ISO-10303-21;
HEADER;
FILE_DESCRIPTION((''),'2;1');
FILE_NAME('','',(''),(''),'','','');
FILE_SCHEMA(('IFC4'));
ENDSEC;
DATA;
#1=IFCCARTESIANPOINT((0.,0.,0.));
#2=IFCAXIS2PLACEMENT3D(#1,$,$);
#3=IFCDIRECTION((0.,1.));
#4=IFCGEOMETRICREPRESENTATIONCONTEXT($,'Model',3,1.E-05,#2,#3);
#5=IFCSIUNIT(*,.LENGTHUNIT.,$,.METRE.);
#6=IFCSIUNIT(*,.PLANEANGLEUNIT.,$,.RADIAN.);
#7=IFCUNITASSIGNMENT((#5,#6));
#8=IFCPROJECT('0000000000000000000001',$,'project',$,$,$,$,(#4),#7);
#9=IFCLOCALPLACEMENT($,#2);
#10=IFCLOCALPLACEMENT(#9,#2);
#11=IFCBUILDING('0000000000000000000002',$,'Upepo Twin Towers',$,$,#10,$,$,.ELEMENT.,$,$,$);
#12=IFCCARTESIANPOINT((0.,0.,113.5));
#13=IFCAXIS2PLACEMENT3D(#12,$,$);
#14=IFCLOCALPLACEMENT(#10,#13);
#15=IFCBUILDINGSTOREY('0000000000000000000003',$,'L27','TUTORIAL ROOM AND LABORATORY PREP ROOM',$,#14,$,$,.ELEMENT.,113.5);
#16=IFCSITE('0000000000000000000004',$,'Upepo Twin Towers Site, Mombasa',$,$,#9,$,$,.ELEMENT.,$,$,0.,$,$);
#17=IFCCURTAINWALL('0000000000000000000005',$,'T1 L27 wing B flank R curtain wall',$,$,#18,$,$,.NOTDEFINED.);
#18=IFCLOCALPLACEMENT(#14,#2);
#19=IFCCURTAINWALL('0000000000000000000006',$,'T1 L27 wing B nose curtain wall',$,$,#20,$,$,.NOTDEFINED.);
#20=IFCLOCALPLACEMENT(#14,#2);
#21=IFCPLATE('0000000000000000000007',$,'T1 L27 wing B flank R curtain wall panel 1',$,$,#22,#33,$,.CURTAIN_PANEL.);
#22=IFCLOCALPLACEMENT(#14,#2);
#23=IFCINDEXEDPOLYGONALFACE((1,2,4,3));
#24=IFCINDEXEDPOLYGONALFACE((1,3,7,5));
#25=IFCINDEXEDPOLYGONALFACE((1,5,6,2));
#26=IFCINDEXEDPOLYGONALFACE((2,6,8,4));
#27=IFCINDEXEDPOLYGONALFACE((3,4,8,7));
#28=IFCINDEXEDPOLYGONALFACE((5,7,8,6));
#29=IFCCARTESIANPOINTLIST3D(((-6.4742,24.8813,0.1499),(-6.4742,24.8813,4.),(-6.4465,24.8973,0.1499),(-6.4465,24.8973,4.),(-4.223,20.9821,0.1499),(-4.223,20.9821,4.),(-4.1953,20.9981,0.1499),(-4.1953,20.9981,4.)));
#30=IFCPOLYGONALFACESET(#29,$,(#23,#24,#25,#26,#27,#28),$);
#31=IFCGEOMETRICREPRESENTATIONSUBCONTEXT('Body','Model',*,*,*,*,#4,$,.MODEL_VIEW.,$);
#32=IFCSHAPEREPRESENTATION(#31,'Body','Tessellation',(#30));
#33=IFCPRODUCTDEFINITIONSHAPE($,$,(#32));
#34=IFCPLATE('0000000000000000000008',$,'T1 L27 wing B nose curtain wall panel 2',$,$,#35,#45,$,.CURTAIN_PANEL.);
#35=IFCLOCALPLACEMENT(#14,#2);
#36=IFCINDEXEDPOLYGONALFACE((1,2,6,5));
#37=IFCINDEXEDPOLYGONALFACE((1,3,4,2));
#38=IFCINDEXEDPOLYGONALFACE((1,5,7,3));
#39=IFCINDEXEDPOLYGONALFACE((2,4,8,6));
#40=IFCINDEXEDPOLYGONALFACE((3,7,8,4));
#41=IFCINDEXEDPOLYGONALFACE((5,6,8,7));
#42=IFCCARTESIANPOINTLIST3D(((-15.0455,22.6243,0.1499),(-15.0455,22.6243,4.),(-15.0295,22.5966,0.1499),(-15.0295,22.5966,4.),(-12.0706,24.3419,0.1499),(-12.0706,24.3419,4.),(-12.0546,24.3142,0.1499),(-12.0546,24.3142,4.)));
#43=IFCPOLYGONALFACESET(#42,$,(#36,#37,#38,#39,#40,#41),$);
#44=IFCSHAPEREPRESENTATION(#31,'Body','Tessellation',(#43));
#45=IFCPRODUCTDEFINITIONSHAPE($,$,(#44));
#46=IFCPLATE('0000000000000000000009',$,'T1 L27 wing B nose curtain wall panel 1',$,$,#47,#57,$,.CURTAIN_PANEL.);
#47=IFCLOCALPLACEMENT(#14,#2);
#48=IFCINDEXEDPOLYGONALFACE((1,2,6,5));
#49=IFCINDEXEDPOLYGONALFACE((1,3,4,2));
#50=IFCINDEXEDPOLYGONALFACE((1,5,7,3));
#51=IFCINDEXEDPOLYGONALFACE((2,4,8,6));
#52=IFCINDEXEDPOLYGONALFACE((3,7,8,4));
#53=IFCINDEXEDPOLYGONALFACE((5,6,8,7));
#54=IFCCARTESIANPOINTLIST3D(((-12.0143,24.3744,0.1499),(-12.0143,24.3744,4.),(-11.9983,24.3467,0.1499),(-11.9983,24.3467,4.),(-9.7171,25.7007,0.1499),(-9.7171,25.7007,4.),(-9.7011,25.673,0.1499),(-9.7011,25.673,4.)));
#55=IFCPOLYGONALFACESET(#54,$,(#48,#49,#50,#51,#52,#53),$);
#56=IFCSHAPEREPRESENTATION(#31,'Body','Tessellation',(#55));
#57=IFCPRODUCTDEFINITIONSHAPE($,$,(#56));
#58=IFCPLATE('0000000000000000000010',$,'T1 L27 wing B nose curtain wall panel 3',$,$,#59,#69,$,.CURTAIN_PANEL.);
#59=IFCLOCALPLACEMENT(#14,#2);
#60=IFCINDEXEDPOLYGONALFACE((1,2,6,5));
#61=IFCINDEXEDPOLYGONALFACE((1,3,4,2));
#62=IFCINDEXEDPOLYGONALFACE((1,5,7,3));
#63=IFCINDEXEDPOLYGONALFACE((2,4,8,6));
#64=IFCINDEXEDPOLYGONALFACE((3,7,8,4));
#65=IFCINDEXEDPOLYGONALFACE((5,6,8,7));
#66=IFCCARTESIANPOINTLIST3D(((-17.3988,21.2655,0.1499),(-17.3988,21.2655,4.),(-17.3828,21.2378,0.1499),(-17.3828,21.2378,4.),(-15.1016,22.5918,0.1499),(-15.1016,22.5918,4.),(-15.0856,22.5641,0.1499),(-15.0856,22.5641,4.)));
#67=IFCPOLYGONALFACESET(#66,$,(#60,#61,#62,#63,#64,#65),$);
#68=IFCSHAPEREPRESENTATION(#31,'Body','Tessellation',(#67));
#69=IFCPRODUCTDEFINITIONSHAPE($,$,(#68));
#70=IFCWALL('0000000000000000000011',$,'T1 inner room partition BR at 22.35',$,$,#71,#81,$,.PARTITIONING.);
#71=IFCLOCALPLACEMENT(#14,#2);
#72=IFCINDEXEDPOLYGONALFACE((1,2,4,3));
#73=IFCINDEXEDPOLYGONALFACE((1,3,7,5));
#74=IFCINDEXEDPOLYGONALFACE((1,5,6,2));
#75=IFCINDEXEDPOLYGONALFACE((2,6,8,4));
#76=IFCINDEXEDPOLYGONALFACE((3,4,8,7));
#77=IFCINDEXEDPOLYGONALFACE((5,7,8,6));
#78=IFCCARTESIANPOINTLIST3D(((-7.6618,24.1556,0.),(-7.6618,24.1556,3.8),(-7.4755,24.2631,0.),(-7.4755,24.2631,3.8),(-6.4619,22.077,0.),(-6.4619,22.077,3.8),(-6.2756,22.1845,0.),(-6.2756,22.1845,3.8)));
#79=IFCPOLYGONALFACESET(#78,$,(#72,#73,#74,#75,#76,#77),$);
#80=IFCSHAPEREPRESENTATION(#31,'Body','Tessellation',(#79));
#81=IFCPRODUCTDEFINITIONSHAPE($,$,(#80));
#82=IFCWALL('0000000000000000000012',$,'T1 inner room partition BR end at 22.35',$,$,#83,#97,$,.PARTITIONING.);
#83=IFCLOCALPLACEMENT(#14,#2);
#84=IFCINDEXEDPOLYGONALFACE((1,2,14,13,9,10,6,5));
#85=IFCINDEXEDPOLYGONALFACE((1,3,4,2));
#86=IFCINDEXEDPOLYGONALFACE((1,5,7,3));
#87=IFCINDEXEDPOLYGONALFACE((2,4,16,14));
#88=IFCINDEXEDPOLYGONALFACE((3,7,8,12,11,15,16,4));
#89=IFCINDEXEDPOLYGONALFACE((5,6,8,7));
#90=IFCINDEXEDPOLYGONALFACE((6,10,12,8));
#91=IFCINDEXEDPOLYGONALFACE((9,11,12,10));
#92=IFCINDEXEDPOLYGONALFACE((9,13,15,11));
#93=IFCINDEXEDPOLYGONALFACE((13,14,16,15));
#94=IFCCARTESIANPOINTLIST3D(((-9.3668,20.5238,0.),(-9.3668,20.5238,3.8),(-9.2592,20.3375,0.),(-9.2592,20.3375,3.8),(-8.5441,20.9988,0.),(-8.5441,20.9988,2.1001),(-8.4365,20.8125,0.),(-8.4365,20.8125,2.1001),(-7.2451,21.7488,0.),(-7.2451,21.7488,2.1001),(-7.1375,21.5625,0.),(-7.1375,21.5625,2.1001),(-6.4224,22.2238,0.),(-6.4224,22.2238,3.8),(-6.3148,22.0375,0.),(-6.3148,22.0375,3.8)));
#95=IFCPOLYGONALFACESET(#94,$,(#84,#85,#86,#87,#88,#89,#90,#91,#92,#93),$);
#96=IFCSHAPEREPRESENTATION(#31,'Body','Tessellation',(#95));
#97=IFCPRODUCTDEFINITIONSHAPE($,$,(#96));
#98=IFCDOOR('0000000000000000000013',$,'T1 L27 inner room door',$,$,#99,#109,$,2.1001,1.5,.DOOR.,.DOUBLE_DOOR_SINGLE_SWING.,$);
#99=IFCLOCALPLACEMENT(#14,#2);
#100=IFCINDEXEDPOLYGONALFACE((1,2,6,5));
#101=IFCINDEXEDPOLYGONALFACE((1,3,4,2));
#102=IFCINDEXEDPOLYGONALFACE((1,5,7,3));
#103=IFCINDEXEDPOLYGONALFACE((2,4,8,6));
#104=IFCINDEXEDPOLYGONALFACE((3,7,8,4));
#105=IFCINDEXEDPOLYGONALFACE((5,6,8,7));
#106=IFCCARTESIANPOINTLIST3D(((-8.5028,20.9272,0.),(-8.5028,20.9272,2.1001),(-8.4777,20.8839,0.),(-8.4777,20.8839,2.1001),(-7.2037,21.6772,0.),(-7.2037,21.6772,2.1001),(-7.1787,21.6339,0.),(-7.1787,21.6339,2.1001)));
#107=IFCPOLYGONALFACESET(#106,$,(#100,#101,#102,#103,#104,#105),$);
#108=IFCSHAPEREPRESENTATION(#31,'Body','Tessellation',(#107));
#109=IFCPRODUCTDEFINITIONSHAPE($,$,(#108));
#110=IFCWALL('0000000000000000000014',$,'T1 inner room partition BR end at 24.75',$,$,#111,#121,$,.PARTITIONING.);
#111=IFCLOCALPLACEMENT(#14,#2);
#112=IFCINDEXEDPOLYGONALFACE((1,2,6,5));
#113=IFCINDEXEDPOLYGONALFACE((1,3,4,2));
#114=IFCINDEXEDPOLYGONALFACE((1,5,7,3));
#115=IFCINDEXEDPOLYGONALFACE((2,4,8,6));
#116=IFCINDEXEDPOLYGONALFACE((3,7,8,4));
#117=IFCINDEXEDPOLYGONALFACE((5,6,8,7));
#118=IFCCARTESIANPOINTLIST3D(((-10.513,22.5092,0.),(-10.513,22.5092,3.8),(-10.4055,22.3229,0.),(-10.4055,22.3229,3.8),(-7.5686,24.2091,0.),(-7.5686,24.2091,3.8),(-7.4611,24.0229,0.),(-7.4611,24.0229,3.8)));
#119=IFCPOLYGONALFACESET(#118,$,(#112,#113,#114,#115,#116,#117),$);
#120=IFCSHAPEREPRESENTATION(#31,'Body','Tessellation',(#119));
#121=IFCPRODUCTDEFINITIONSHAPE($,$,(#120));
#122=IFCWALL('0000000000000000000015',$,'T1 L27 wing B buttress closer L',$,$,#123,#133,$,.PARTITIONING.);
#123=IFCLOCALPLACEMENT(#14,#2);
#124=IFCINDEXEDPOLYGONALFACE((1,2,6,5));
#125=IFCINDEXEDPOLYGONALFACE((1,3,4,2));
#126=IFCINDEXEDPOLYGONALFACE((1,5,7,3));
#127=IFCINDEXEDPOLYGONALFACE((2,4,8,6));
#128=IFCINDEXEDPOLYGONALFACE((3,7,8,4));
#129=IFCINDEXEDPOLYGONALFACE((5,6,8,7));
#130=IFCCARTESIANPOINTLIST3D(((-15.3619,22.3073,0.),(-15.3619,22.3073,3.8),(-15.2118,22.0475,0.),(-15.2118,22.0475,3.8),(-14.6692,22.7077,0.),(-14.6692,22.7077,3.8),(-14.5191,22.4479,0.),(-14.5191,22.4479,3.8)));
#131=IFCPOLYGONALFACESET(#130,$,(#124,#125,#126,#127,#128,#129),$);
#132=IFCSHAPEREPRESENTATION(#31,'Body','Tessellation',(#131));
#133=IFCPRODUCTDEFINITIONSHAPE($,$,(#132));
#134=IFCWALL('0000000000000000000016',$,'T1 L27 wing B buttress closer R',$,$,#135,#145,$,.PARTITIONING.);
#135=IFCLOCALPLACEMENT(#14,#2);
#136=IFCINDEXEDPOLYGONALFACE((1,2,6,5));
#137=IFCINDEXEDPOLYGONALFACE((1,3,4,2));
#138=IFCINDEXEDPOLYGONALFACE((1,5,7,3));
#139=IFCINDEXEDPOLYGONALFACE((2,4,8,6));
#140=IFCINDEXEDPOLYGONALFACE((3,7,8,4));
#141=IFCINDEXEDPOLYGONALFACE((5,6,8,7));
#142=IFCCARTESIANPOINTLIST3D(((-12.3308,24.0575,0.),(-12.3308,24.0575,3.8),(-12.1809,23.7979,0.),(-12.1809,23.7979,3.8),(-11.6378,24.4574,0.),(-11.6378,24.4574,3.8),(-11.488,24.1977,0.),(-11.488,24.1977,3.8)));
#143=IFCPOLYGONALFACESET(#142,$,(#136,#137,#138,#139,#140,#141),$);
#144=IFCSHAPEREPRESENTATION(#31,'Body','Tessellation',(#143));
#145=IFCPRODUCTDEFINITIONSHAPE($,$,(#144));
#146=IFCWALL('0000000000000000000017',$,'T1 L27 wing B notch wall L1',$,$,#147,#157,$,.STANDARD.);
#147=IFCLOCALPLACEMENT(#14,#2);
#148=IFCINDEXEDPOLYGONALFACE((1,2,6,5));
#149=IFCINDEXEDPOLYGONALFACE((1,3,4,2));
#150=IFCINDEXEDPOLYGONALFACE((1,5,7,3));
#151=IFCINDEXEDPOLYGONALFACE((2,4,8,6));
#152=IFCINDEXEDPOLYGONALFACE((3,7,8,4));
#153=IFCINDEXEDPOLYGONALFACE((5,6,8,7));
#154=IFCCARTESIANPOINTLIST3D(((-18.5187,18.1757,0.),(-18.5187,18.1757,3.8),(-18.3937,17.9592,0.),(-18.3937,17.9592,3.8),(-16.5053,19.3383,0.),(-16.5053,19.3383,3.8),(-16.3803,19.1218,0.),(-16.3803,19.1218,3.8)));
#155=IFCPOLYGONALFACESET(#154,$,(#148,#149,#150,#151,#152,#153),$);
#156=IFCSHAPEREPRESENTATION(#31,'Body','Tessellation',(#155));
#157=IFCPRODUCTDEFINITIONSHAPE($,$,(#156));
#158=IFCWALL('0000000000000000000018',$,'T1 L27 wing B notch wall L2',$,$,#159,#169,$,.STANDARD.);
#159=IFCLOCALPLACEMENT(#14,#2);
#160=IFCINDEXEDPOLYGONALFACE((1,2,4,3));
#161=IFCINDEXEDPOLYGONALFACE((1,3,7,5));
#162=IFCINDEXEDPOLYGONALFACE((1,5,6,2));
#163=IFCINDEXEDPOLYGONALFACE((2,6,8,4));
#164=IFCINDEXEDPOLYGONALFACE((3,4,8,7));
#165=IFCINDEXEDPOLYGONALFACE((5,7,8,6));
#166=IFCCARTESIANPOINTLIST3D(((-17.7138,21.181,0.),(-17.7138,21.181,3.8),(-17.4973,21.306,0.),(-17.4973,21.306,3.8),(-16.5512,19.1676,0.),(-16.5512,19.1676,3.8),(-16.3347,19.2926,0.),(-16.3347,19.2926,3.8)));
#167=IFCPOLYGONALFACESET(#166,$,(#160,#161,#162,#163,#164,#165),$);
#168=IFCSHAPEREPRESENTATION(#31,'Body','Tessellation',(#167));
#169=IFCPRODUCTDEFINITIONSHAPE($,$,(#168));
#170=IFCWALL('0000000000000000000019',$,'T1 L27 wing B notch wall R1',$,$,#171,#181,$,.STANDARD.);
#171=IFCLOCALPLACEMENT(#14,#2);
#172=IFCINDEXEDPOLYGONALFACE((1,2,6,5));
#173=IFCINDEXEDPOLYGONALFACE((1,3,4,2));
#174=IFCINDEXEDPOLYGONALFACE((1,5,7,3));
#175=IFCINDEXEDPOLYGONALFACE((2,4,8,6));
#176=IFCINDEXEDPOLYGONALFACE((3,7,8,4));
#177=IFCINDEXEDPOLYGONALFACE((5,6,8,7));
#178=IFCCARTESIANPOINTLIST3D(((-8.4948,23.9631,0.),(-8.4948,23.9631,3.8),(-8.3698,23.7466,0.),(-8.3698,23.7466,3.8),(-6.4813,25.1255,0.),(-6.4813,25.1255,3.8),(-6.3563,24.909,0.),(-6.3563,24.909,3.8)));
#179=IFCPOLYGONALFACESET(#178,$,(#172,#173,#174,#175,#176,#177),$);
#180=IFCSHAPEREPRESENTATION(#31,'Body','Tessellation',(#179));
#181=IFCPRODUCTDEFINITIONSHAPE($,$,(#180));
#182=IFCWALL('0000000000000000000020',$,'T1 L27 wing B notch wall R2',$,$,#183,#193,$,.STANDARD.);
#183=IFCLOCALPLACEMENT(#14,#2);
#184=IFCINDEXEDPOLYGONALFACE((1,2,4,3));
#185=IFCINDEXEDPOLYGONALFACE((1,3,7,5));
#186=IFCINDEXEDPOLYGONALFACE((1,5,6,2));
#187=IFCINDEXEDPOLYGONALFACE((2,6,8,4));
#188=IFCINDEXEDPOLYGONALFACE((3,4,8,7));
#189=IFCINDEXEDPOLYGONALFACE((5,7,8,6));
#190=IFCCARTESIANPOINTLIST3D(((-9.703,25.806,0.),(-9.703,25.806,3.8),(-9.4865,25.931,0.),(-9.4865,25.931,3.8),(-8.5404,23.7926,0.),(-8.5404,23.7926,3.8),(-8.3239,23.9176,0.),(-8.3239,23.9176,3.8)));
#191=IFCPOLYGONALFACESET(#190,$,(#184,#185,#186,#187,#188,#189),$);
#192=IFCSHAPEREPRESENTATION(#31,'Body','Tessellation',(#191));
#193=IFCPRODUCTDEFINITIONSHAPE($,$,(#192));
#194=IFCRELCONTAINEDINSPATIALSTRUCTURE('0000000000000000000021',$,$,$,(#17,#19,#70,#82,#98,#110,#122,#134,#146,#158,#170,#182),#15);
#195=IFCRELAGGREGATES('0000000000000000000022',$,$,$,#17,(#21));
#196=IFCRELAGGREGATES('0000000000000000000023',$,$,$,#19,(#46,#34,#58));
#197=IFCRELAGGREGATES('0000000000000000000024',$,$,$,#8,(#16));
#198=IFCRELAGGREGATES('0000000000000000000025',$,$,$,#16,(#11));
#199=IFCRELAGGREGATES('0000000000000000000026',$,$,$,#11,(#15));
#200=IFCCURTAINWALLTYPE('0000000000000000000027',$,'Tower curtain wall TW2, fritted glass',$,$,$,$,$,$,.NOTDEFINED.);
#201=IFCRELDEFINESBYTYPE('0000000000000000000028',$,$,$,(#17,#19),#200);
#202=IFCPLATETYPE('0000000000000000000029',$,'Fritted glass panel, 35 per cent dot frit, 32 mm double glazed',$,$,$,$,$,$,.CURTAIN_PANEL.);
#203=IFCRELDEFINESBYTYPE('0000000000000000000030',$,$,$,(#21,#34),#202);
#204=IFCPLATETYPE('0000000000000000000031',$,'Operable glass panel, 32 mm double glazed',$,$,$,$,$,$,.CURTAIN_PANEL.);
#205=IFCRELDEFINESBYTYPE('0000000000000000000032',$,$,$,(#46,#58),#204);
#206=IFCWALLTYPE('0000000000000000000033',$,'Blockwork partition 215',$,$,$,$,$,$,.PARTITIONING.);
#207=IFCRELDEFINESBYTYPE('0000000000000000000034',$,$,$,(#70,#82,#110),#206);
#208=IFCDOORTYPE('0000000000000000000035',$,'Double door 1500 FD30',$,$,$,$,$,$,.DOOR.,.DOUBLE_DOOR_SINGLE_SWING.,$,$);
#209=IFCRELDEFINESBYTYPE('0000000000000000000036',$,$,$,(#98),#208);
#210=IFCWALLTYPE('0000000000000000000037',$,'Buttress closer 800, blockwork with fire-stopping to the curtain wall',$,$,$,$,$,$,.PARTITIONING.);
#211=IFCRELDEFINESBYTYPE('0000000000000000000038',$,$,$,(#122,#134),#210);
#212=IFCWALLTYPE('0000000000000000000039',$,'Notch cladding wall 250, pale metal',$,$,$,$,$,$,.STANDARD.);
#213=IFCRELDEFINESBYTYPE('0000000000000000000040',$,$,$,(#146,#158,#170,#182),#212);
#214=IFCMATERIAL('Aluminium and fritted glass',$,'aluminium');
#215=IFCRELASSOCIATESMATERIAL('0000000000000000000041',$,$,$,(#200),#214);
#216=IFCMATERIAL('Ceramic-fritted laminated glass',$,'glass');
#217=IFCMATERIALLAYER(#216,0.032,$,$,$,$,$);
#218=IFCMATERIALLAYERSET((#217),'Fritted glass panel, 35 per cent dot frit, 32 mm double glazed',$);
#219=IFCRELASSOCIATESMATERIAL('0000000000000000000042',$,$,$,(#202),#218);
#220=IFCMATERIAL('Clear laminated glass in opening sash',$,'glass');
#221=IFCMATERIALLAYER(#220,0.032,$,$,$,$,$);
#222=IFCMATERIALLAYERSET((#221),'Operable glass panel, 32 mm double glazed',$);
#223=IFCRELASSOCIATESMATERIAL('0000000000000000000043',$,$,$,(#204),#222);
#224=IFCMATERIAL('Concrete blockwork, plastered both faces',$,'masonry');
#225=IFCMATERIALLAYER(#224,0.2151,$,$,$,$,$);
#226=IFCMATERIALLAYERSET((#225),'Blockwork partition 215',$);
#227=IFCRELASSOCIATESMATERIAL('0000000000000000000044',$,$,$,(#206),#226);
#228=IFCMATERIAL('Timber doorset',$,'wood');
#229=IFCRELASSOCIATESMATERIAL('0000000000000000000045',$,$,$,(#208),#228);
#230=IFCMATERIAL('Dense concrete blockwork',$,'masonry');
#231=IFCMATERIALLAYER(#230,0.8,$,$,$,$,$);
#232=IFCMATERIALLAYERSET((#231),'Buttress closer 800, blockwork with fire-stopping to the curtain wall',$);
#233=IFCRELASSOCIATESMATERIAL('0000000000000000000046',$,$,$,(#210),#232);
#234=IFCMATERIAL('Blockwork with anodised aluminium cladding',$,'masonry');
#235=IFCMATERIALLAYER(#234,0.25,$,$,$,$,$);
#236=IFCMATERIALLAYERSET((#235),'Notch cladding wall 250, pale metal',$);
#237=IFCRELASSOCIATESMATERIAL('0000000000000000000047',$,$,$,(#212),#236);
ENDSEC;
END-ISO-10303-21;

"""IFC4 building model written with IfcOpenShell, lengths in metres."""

from ifc_helpers import new_model, si_unit, direction, frame, frame_2d, origin, origin_2d, place, context, subcontext, project, spatial, rectangle, extrude, material, layer, layer_set, type_object, element, fill, aggregate, save


model = new_model("IFC4")

# Units and contexts
model_context = context("Model", 3, precision=1e-05, world=origin(), true_north=direction((0.0, 1.0)))
body_context = subcontext(model_context, "Body", "Model", "MODEL_VIEW")
ifc_project = project(units=[si_unit("LENGTHUNIT", "METRE"), si_unit("PLANEANGLEUNIT", "RADIAN")], contexts=[model_context])

# Site, building, storey
site_placement = place(None, origin())
site = spatial("IfcSite", under=ifc_project, at=site_placement, Name="Upepo Twin Towers Site, Mombasa", CompositionType="ELEMENT", RefElevation=0.0)
building_placement = place(site_placement, origin())
building = spatial("IfcBuilding", under=site, at=building_placement, Name="Upepo Twin Towers", CompositionType="ELEMENT")
storey_placement = place(building_placement, frame((0.0, 0.0, 113.5)))
storey = spatial("IfcBuildingStorey", under=building, at=storey_placement, Name="L27", Description="TUTORIAL ROOM AND LABORATORY PREP ROOM", CompositionType="ELEMENT", Elevation=113.5)

# Curtain wall
ifc_material_1 = material(Name="Aluminium and fritted glass", Category="aluminium")
curtain_wall_type = type_object("IfcCurtainWallType", Name="Tower curtain wall TW2, fritted glass", PredefinedType="NOTDEFINED", material=ifc_material_1)
curtain_wall_1_placement = place(storey_placement, origin())
curtain_wall_1 = element("IfcCurtainWall", 1, at=curtain_wall_1_placement, inside=storey, type_object=curtain_wall_type, Name="T1 L27 wing B flank R curtain wall", PredefinedType="NOTDEFINED")

# Curtain wall
curtain_wall_2_placement = place(storey_placement, origin())
curtain_wall_2 = element("IfcCurtainWall", 2, at=curtain_wall_2_placement, inside=storey, type_object=curtain_wall_type, Name="T1 L27 wing B nose curtain wall", PredefinedType="NOTDEFINED")

# Plates
ifc_material_2 = material(Name="Ceramic-fritted laminated glass", Category="glass")
ifc_layer_1 = layer(ifc_material_2, 0.032)
ifc_layer_set_1 = layer_set([ifc_layer_1], Name="Fritted glass panel, 35 per cent dot frit, 32 mm double glazed")
plate_type_1 = type_object("IfcPlateType", Name="Fritted glass panel, 35 per cent dot frit, 32 mm double glazed", PredefinedType="CURTAIN_PANEL", material=ifc_layer_set_1)
plate_1_placement = place(storey_placement, frame((-5.3347, 22.9397, 0.1499), z_axis=(0.0, 0.0, 1.0), x_axis=(0.5, -0.866025, 0.0)))
plate_1 = element("IfcPlate", 3, at=plate_1_placement, type_object=plate_type_1, Name="T1 L27 wing B flank R curtain wall panel 1", PredefinedType="CURTAIN_PANEL", context=body_context, shape_type="SweptSolid", body=[
    extrude(rectangle(XDim=4.5024, YDim=0.032, at=origin_2d()), origin(), (0.0, 0.0, 1.0), 3.8501),
])
aggregate(curtain_wall_1, [plate_1])
plate_2_placement = place(storey_placement, frame((-13.55, 23.4692, 0.1499), z_axis=(0.0, 0.0, 1.0), x_axis=(-0.866025, -0.5, 0.0)))
plate_2 = element("IfcPlate", 4, at=plate_2_placement, type_object=plate_type_1, Name="T1 L27 wing B nose curtain wall panel 2", PredefinedType="CURTAIN_PANEL", context=body_context, shape_type="SweptSolid", body=[
    extrude(rectangle(XDim=3.4351, YDim=0.032, at=origin_2d()), origin(), (0.0, 0.0, 1.0), 3.8501),
])
ifc_material_3 = material(Name="Clear laminated glass in opening sash", Category="glass")
ifc_layer_2 = layer(ifc_material_3, 0.032)
ifc_layer_set_2 = layer_set([ifc_layer_2], Name="Operable glass panel, 32 mm double glazed")
plate_type_2 = type_object("IfcPlateType", Name="Operable glass panel, 32 mm double glazed", PredefinedType="CURTAIN_PANEL", material=ifc_layer_set_2)
plate_3_placement = place(storey_placement, frame((-10.8577, 25.0237, 0.1499), z_axis=(0.0, 0.0, 1.0), x_axis=(-0.866025, -0.5, 0.0)))
plate_3 = element("IfcPlate", 5, at=plate_3_placement, type_object=plate_type_2, Name="T1 L27 wing B nose curtain wall panel 1", PredefinedType="CURTAIN_PANEL", context=body_context, shape_type="SweptSolid", body=[
    extrude(rectangle(XDim=2.6526, YDim=0.032, at=origin_2d()), origin(), (0.0, 0.0, 1.0), 3.8501),
])
plate_4_placement = place(storey_placement, frame((-16.2422, 21.9148, 0.1499), z_axis=(0.0, 0.0, 1.0), x_axis=(-0.866025, -0.5, 0.0)))
plate_4 = element("IfcPlate", 6, at=plate_4_placement, type_object=plate_type_2, Name="T1 L27 wing B nose curtain wall panel 3", PredefinedType="CURTAIN_PANEL", context=body_context, shape_type="SweptSolid", body=[
    extrude(rectangle(XDim=2.6526, YDim=0.032, at=origin_2d()), origin(), (0.0, 0.0, 1.0), 3.8501),
])
aggregate(curtain_wall_2, [plate_3, plate_2, plate_4])

# Wall
ifc_material_4 = material(Name="Concrete blockwork, plastered both faces", Category="masonry")
ifc_layer_3 = layer(ifc_material_4, 0.2151)
ifc_layer_set_3 = layer_set([ifc_layer_3], Name="Blockwork partition 215")
wall_type_1 = type_object("IfcWallType", Name="Blockwork partition 215", PredefinedType="PARTITIONING", material=ifc_layer_set_3)
wall_1_placement = place(storey_placement, frame((-6.3687, 22.1306, 0.0), z_axis=(0.0, 0.0, 1.0), x_axis=(-0.499957, 0.86605, 0.0)))
element("IfcWall", 7, at=wall_1_placement, inside=storey, type_object=wall_type_1, Name="T1 inner room partition BR at 22.35", PredefinedType="PARTITIONING", context=body_context, shape_type="SweptSolid", body=[
    extrude(rectangle(XDim=2.4001, YDim=0.2151, at=frame_2d((1.2002, 0.0))), origin(), (0.0, 0.0, 1.0), 3.8),
])

# Wall, opening, door
wall_2_placement = place(storey_placement, frame((-9.313, 20.4307, 0.0), z_axis=(0.0, 0.0, 1.0), x_axis=(0.866021, 0.500008, 0.0)))
wall_2 = element("IfcWall", 8, at=wall_2_placement, inside=storey, type_object=wall_type_1, Name="T1 inner room partition BR end at 22.35", PredefinedType="PARTITIONING", context=body_context, shape_type="SweptSolid", body=[
    extrude(rectangle(XDim=3.3999, YDim=0.2151, at=frame_2d((1.7, 0.0))), origin(), (0.0, 0.0, 1.0), 3.8),
])
opening_placement = place(wall_2_placement, frame((0.95, 0.0, 0.0)))
opening = element("IfcOpeningElement", 9, at=opening_placement, cuts=wall_2, PredefinedType="OPENING", context=body_context, shape_type="SweptSolid", body=[
    extrude(rectangle(XDim=1.5, YDim=2.1001, at=frame_2d((0.75, 1.05))), frame((0.0, 0.1174, 0.0), z_axis=(0.0, -1.0, 0.0), x_axis=(1.0, 0.0, 0.0)), (0.0, 0.0, 1.0), 0.2351),
])
ifc_material_5 = material(Name="Timber doorset", Category="wood")
door_type = type_object("IfcDoorType", Name="Double door 1500 FD30", OperationType="DOUBLE_DOOR_SINGLE_SWING", PredefinedType="DOOR", material=ifc_material_5)
door_placement = place(opening_placement, origin())
door = element("IfcDoor", 10, at=door_placement, inside=storey, type_object=door_type, Name="T1 L27 inner room door", OperationType="DOUBLE_DOOR_SINGLE_SWING", OverallHeight=2.1001, OverallWidth=1.5, PredefinedType="DOOR", context=body_context, shape_type="SweptSolid", body=[
    extrude(rectangle(XDim=1.5, YDim=2.1001, at=frame_2d((0.75, 1.05))), frame((0.0, 0.0249, 0.0), z_axis=(0.0, -1.0, 0.0), x_axis=(1.0, 0.0, 0.0)), (0.0, 0.0, 1.0), 0.05),
])
fill(opening, door)

# Walls
wall_3_placement = place(storey_placement, frame((-10.4592, 22.416, 0.0), z_axis=(0.0, 0.0, 1.0), x_axis=(0.866021, 0.500008, 0.0)))
element("IfcWall", 11, at=wall_3_placement, inside=storey, type_object=wall_type_1, Name="T1 inner room partition BR end at 24.75", PredefinedType="PARTITIONING", context=body_context, shape_type="SweptSolid", body=[
    extrude(rectangle(XDim=3.3999, YDim=0.2151, at=frame_2d((1.7, 0.0))), origin(), (0.0, 0.0, 1.0), 3.8),
])
ifc_material_6 = material(Name="Dense concrete blockwork", Category="masonry")
ifc_layer_4 = layer(ifc_material_6, 0.8)
ifc_layer_set_4 = layer_set([ifc_layer_4], Name="Buttress closer 800, blockwork with fire-stopping to the curtain wall")
wall_type_2 = type_object("IfcWallType", Name="Buttress closer 800, blockwork with fire-stopping to the curtain wall", PredefinedType="PARTITIONING", material=ifc_layer_set_4)
wall_4_placement = place(storey_placement, frame((-14.8655, 22.2478, 0.0), z_axis=(0.0, 0.0, 1.0), x_axis=(-0.500427, 0.865779, 0.0)))
element("IfcWall", 12, at=wall_4_placement, inside=storey, type_object=wall_type_2, Name="T1 L27 wing B buttress closer L", PredefinedType="PARTITIONING", context=body_context, shape_type="SweptSolid", body=[
    extrude(rectangle(XDim=0.3, YDim=0.8, at=frame_2d((0.1499, 0.0))), origin(), (0.0, 0.0, 1.0), 3.8),
])
wall_5_placement = place(storey_placement, frame((-11.8345, 23.9978, 0.0), z_axis=(0.0, 0.0, 1.0), x_axis=(-0.499816, 0.866131, 0.0)))
element("IfcWall", 13, at=wall_5_placement, inside=storey, type_object=wall_type_2, Name="T1 L27 wing B buttress closer R", PredefinedType="PARTITIONING", context=body_context, shape_type="SweptSolid", body=[
    extrude(rectangle(XDim=0.2998, YDim=0.8, at=frame_2d((0.1499, 0.0))), origin(), (0.0, 0.0, 1.0), 3.8),
])
ifc_material_7 = material(Name="Blockwork with anodised aluminium cladding", Category="masonry")
ifc_layer_5 = layer(ifc_material_7, 0.25)
ifc_layer_set_5 = layer_set([ifc_layer_5], Name="Notch cladding wall 250, pale metal")
wall_type_3 = type_object("IfcWallType", Name="Notch cladding wall 250, pale metal", PredefinedType="STANDARD", material=ifc_layer_set_5)
for number, where, z_axis, x_axis, name in (
    (14, (-18.4563, 18.0674, 0.0), (0.0, 0.0, 1.0), (0.865998, 0.500047, 0.0), "T1 L27 wing B notch wall L1"),
    (15, (-16.4429, 19.23, 0.0), (0.0, 0.0, 1.0), (-0.500047, 0.865998, 0.0), "T1 L27 wing B notch wall L2"),
    (16, (-6.4187, 25.0173, 0.0), (0.0, 0.0, 1.0), (-0.866044, -0.499968, 0.0), "T1 L27 wing B notch wall R1"),
    (17, (-8.4321, 23.855, 0.0), (0.0, 0.0, 1.0), (-0.500047, 0.865998, 0.0), "T1 L27 wing B notch wall R2"),
):
    element("IfcWall", number, at=place(storey_placement, frame(where, z_axis=z_axis, x_axis=x_axis)), inside=storey, type_object=wall_type_3, Name=name, PredefinedType="STANDARD", context=body_context, shape_type="SweptSolid", body=[
        extrude(rectangle(XDim=2.325, YDim=0.25, at=frame_2d((1.1626, 0.0))), origin(), (0.0, 0.0, 1.0), 3.8),
    ])

save(model, "model.ifc")
